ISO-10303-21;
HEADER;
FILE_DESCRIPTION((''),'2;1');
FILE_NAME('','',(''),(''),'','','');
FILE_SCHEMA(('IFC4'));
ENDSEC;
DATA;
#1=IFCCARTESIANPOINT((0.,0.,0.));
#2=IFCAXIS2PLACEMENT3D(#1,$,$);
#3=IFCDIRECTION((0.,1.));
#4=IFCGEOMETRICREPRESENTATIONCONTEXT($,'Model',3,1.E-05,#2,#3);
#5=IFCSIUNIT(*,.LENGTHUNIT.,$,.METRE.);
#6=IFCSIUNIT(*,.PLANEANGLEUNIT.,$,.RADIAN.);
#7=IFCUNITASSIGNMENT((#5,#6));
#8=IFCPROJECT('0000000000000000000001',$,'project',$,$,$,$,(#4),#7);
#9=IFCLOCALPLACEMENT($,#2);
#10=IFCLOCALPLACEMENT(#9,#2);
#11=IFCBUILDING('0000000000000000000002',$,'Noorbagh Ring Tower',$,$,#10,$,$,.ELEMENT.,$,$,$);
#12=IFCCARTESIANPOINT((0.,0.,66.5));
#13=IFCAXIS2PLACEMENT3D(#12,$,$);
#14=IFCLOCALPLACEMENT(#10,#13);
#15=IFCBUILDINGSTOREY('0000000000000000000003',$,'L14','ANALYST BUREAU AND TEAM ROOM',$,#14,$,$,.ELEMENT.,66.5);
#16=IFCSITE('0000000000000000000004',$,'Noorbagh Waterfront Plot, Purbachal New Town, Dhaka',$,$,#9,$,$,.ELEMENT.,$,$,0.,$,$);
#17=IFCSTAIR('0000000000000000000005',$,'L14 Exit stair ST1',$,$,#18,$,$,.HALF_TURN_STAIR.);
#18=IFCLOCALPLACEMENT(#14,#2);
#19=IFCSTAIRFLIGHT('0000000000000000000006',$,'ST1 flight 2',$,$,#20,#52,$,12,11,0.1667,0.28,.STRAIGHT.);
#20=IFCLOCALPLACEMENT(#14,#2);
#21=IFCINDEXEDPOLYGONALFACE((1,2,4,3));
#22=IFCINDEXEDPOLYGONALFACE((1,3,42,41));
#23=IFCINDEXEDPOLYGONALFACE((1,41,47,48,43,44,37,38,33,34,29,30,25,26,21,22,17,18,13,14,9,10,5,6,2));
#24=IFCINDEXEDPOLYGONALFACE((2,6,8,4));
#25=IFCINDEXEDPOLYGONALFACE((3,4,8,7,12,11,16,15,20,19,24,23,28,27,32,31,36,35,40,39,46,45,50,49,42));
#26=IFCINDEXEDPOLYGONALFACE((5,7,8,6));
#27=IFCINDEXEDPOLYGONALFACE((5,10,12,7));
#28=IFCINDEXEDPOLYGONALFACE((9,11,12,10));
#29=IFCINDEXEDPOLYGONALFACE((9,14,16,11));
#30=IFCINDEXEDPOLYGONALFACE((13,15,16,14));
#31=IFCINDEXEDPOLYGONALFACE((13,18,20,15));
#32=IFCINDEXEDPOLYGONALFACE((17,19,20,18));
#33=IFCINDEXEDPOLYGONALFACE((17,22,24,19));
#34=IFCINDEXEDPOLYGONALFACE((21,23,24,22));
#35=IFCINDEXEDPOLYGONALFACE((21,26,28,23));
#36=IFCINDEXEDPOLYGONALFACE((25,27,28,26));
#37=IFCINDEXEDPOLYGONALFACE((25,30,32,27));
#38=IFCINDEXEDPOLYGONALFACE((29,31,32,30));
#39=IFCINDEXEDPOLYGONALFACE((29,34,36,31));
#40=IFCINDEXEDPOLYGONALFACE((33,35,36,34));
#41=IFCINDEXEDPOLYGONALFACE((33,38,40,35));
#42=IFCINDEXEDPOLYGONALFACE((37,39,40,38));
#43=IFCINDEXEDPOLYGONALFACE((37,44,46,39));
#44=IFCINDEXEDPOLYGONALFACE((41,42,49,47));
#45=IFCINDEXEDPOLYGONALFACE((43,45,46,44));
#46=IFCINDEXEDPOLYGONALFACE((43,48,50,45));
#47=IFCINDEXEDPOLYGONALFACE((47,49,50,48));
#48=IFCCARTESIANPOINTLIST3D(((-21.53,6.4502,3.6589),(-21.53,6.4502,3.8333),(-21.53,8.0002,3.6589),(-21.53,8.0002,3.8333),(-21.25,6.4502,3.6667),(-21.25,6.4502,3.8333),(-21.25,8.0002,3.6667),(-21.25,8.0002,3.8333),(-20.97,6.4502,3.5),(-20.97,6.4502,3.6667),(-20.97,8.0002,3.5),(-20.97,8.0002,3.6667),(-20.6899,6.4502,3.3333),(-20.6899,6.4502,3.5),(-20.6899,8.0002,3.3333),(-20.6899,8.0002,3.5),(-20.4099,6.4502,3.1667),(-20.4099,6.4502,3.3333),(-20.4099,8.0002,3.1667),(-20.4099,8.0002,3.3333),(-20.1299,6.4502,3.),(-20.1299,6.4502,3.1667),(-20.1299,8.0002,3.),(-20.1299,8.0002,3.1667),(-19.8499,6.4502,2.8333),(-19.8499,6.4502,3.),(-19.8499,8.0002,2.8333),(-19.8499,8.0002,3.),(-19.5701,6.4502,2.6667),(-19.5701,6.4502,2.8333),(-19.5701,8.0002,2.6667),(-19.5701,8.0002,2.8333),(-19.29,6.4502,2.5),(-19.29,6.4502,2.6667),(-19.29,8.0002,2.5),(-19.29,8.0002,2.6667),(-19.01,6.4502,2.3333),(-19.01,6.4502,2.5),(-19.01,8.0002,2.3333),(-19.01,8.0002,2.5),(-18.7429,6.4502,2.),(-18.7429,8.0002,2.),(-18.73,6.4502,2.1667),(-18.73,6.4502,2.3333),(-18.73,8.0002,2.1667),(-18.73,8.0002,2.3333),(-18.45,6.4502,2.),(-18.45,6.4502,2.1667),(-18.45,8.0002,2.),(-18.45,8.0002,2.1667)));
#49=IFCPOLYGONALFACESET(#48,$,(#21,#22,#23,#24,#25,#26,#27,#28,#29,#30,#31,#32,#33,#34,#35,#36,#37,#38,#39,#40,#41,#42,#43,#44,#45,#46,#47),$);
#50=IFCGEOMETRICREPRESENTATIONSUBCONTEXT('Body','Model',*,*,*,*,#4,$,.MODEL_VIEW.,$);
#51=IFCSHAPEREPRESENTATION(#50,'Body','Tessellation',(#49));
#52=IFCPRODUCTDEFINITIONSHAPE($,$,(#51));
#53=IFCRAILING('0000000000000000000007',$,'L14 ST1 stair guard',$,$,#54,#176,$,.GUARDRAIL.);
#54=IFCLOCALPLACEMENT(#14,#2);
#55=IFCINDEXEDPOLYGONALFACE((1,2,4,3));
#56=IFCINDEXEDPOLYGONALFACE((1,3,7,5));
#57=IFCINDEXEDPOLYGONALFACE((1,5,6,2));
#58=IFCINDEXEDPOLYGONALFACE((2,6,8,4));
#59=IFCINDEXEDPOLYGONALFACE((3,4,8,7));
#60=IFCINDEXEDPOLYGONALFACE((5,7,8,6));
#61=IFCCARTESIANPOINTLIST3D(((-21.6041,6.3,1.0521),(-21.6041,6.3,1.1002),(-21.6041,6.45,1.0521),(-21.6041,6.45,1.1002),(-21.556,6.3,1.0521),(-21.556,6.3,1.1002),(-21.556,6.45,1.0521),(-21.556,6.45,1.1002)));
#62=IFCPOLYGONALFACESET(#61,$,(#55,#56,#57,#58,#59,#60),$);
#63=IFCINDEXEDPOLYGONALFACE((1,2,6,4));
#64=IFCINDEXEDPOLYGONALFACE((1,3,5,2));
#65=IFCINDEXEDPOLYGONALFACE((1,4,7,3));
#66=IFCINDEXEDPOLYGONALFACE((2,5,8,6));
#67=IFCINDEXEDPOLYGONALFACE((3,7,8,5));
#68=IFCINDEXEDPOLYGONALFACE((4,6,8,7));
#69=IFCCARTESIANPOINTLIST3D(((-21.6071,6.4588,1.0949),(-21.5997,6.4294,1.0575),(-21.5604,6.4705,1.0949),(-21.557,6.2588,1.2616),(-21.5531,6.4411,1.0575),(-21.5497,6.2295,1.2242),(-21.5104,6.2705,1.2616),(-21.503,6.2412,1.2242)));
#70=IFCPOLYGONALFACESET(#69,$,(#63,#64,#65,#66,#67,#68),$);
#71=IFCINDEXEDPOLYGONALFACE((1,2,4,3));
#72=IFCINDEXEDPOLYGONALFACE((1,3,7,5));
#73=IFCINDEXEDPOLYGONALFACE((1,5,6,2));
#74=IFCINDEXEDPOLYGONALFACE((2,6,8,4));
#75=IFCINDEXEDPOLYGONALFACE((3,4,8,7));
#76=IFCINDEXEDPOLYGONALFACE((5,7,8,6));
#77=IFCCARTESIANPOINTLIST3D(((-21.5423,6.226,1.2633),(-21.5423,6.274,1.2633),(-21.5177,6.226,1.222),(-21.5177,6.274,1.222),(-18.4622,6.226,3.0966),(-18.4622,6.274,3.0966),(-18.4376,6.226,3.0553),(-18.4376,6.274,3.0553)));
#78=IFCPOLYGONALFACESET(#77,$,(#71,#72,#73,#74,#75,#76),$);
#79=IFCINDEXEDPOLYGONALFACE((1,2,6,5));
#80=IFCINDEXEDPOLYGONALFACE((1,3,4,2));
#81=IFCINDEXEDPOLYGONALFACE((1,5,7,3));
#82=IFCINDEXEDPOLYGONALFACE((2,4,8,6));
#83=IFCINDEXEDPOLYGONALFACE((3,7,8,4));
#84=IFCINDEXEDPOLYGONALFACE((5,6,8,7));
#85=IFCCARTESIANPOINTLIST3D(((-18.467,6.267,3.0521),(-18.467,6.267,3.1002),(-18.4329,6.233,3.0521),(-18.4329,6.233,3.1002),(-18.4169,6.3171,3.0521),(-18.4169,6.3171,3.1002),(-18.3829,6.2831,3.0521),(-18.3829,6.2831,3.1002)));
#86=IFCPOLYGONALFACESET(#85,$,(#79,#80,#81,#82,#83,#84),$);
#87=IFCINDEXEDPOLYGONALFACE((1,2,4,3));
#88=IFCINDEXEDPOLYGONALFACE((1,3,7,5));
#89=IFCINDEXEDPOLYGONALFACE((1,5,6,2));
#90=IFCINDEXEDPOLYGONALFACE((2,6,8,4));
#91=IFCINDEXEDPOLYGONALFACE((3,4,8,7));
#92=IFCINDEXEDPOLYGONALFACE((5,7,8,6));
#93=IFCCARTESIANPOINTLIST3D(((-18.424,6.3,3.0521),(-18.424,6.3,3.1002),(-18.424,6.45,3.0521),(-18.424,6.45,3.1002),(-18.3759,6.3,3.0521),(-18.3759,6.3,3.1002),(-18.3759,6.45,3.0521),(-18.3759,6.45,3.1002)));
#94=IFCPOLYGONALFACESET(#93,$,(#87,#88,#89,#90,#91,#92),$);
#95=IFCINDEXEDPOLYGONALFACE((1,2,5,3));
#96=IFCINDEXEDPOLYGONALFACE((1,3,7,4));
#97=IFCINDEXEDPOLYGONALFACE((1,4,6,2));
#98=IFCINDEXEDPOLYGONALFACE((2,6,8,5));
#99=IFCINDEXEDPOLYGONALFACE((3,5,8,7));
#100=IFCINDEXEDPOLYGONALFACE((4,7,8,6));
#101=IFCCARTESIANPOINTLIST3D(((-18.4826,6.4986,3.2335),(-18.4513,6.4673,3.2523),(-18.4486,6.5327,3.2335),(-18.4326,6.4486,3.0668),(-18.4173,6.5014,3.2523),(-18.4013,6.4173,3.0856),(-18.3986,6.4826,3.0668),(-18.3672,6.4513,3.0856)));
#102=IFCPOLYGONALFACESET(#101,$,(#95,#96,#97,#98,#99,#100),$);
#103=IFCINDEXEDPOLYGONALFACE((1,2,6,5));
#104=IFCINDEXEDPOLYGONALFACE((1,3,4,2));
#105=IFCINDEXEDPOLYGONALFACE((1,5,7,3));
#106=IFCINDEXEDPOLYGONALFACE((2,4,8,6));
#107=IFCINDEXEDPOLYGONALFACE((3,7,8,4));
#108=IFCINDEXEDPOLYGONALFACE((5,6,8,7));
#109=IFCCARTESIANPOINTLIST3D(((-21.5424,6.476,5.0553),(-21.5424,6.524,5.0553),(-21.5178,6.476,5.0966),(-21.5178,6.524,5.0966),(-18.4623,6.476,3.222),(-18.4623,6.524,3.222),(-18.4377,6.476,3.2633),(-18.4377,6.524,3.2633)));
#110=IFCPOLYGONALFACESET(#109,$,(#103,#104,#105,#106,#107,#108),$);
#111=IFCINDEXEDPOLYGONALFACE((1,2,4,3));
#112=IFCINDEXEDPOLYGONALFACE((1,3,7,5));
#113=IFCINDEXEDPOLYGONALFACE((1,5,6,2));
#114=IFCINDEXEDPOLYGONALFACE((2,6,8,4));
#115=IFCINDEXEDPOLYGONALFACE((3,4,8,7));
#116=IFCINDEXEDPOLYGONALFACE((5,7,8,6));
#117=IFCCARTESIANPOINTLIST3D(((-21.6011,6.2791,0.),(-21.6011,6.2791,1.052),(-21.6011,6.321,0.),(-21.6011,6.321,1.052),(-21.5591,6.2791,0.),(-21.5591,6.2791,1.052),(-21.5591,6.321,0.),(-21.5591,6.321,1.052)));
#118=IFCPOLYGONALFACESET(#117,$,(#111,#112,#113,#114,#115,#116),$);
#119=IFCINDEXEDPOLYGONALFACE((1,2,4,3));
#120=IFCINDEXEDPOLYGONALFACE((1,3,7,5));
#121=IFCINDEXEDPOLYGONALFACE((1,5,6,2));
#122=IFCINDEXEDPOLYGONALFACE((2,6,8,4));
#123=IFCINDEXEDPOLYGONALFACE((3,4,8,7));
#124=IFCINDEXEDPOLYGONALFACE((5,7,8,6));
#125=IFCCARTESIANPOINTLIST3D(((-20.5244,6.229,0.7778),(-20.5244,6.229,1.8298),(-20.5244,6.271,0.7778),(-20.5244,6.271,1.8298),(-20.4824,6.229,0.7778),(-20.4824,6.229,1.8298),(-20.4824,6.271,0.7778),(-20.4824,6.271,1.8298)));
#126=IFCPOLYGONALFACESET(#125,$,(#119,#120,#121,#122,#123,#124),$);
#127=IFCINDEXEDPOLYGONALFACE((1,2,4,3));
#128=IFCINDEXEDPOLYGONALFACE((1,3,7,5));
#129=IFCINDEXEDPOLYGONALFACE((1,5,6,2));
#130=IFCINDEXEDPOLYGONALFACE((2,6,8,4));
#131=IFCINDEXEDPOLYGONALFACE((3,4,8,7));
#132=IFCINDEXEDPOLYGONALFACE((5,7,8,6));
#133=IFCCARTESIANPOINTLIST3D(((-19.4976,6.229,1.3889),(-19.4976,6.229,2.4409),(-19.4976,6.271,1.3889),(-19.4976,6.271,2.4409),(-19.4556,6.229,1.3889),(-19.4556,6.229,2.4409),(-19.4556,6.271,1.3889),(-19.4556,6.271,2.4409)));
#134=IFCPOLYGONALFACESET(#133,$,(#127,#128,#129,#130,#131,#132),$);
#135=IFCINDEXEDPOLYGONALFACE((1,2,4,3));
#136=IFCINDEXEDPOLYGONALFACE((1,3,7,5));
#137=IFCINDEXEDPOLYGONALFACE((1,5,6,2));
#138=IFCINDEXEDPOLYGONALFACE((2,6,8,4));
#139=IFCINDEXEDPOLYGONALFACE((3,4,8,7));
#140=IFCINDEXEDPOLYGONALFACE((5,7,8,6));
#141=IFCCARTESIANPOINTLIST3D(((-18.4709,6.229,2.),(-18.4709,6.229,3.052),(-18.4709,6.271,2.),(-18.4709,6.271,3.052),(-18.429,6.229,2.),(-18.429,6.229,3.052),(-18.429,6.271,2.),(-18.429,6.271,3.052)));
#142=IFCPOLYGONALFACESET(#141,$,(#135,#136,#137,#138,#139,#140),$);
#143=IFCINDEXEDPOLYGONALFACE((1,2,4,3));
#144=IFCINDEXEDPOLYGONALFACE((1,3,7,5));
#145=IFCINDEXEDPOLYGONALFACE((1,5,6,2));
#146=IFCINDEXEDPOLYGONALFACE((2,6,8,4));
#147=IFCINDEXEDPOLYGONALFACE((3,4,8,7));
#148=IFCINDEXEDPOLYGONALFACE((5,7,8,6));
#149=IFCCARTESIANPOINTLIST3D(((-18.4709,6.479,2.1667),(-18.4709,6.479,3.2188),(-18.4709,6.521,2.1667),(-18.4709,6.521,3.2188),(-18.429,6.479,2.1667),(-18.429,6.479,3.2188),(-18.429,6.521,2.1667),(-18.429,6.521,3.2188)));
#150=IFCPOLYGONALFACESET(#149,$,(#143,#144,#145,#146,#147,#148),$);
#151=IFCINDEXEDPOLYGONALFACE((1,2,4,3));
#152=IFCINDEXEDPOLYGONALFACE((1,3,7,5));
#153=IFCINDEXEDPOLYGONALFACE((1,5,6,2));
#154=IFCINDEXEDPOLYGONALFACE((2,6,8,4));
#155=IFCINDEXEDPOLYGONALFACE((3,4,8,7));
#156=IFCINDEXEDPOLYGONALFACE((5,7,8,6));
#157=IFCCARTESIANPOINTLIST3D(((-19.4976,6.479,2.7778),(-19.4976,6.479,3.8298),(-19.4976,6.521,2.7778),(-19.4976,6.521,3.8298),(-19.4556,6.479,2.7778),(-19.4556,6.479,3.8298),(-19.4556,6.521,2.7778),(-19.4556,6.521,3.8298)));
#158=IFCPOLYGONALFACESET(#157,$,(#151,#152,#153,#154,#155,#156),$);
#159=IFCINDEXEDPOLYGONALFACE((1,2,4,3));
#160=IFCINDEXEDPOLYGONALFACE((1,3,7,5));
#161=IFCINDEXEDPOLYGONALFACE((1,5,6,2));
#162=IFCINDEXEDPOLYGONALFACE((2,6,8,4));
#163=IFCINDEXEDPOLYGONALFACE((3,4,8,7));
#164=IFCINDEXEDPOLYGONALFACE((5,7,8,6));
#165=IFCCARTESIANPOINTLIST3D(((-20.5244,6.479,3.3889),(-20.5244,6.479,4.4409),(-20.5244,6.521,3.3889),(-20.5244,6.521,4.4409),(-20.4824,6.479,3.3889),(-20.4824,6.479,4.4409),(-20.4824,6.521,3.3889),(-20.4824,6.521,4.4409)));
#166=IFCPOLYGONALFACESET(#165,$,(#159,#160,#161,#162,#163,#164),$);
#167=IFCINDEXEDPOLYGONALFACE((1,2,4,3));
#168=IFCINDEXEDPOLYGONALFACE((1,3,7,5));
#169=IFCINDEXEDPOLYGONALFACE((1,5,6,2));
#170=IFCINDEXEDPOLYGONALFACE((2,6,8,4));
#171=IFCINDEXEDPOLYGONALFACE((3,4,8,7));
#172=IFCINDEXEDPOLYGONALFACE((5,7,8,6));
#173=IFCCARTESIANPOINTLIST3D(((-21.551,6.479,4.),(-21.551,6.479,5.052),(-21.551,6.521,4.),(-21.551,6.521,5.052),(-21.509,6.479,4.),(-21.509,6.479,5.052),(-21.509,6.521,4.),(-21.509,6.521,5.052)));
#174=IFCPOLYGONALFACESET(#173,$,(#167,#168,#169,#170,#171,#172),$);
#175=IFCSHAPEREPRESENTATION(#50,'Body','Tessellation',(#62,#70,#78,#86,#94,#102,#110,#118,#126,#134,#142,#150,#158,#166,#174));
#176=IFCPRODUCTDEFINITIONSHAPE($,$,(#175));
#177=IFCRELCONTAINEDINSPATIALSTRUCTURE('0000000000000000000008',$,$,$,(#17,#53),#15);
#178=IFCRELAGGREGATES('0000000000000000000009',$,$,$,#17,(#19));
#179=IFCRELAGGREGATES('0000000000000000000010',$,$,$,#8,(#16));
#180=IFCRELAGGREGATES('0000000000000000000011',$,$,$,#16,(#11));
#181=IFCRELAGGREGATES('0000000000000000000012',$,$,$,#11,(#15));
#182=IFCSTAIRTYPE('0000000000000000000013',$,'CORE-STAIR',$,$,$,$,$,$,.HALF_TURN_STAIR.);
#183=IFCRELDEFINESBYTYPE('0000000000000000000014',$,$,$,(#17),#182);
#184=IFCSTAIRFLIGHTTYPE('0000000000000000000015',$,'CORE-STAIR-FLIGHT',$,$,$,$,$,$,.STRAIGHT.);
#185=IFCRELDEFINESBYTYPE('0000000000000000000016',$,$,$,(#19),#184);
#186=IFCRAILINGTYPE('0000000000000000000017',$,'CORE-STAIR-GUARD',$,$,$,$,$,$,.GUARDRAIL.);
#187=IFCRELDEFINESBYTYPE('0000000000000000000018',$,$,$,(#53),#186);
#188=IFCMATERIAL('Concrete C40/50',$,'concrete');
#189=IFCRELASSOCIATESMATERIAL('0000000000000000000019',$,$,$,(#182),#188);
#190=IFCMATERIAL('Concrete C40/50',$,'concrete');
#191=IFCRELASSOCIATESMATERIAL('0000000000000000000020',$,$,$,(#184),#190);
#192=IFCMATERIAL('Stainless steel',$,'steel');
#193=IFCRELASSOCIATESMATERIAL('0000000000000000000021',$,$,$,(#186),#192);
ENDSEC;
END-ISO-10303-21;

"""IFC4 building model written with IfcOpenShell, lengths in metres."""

from ifc_helpers import new_model, si_unit, direction, frame, origin, origin_2d, place, context, subcontext, project, spatial, polyline, rectangle, outline, extrude, material, type_object, element, aggregate, save


model = new_model("IFC4")

# Units and contexts
model_context = context("Model", 3, precision=1e-05, world=origin(), true_north=direction((0.0, 1.0)))
body_context = subcontext(model_context, "Body", "Model", "MODEL_VIEW")
ifc_project = project(units=[si_unit("LENGTHUNIT", "METRE"), si_unit("PLANEANGLEUNIT", "RADIAN")], contexts=[model_context])

# Site, building, storey
site_placement = place(None, origin())
site = spatial("IfcSite", under=ifc_project, at=site_placement, Name="Noorbagh Waterfront Plot, Purbachal New Town, Dhaka", CompositionType="ELEMENT", RefElevation=0.0)
building_placement = place(site_placement, origin())
building = spatial("IfcBuilding", under=site, at=building_placement, Name="Noorbagh Ring Tower", CompositionType="ELEMENT")
storey_placement = place(building_placement, frame((0.0, 0.0, 66.5)))
storey = spatial("IfcBuildingStorey", under=building, at=storey_placement, Name="L14", Description="ANALYST BUREAU AND TEAM ROOM", CompositionType="ELEMENT", Elevation=66.5)

# Stair, stair flight
ifc_material_1 = material(Name="Concrete C40/50", Category="concrete")
stair_type = type_object("IfcStairType", Name="CORE-STAIR", PredefinedType="HALF_TURN_STAIR", material=ifc_material_1)
stair_placement = place(storey_placement, origin())
stair = element("IfcStair", 1, at=stair_placement, inside=storey, type_object=stair_type, Name="L14 Exit stair ST1", PredefinedType="HALF_TURN_STAIR")
ifc_material_2 = material(Name="Concrete C40/50", Category="concrete")
stair_flight_type = type_object("IfcStairFlightType", Name="CORE-STAIR-FLIGHT", PredefinedType="STRAIGHT", material=ifc_material_2)
stair_flight_1_placement = place(storey_placement, frame((-18.45, 7.2251, 2.0), z_axis=(0.0, 0.0, 1.0), x_axis=(-1.0, 0.0, 0.0)))
stair_flight_1 = element("IfcStairFlight", 2, at=stair_flight_1_placement, type_object=stair_flight_type, Name="ST1 flight 2", NumberOfRisers=12, NumberOfTreads=11, PredefinedType="STRAIGHT", RiserHeight=0.1667, TreadLength=0.28, context=body_context, shape_type="SweptSolid", body=[
    extrude(outline(polyline([(0.0, 0.0), (0.0, 0.1667), (0.28, 0.1667), (0.28, 0.3333), (0.5601, 0.3333), (0.5601, 0.5), (0.8401, 0.5), (0.8401, 0.6667), (1.1201, 0.6667), (1.1201, 0.8333), (1.3999, 0.8333), (1.3999, 1.0), (1.6799, 1.0), (1.6799, 1.1667), (1.96, 1.1667), (1.96, 1.3333), (2.24, 1.3333), (2.24, 1.5), (2.52, 1.5), (2.52, 1.6667), (2.8, 1.6667), (2.8, 1.8333), (3.0801, 1.8333), (3.0801, 2.0), (3.0801, 1.6589), (0.293, 0.0), (0.0, 0.0)])), frame((0.0, 0.7749, 0.0), z_axis=(0.0, -1.0, 0.0), x_axis=(1.0, 0.0, 0.0)), (0.0, 0.0, 1.0), 1.55),
])
aggregate(stair, [stair_flight_1])

# Railing
ifc_material_3 = material(Name="Stainless steel", Category="steel")
railing_type_1 = type_object("IfcRailingType", Name="CORE-STAIR-GUARD", PredefinedType="GUARDRAIL", material=ifc_material_3)
railing_1_placement = place(storey_placement, frame((-21.5801, 6.3, 0.0)))
element("IfcRailing", 3, at=railing_1_placement, inside=storey, type_object=railing_type_1, Name="L14 ST1 stair guard", PredefinedType="GUARDRAIL", context=body_context, shape_type="SweptSolid", body=[
    extrude(rectangle(XDim=0.0481, YDim=0.0481, at=origin_2d()), frame((0.0, 0.0, 1.0762), z_axis=(0.0, 1.0, 0.0), x_axis=(-1.0, 0.0, 0.0)), (0.0, 0.0, 1.0), 0.1499),
    extrude(rectangle(XDim=0.0481, YDim=0.0481, at=origin_2d()), frame((0.0, 0.1499, 1.0762), z_axis=(0.188776, -0.754182, 0.628946), x_axis=(0.970073, 0.242814, 0.0)), (0.0, 0.0, 1.0), 0.2651),
    extrude(rectangle(XDim=0.0481, YDim=0.0481, at=origin_2d()), frame((0.05, -0.05, 1.2427), z_axis=(0.859309, 0.0, 0.511458), x_axis=(0.0, 1.0, 0.0)), (0.0, 0.0, 1.0), 3.5845),
    extrude(rectangle(XDim=0.0481, YDim=0.0481, at=origin_2d()), frame((3.1301, -0.05, 3.0762), z_axis=(0.707107, 0.707107, 0.0), x_axis=(-0.707107, 0.707107, 0.0)), (0.0, 0.0, 1.0), 0.0708),
    extrude(rectangle(XDim=0.0481, YDim=0.0481, at=origin_2d()), frame((3.1802, 0.0, 3.0762), z_axis=(0.0, 1.0, 0.0), x_axis=(-1.0, 0.0, 0.0)), (0.0, 0.0, 1.0), 0.1499),
    extrude(rectangle(XDim=0.0481, YDim=0.0481, at=origin_2d()), frame((3.1802, 0.1499, 3.0762), z_axis=(-0.276287, 0.276287, 0.920506), x_axis=(-0.707107, -0.707107, 0.0)), (0.0, 0.0, 1.0), 0.1812),
    extrude(rectangle(XDim=0.0481, YDim=0.0481, at=origin_2d()), frame((3.1301, 0.2, 3.2427), z_axis=(-0.859309, 0.0, 0.511458), x_axis=(0.0, -1.0, 0.0)), (0.0, 0.0, 1.0), 3.5845),
    extrude(rectangle(XDim=0.042, YDim=0.042, at=origin_2d()), origin(), (0.0, 0.0, 1.0), 1.052),
    extrude(rectangle(XDim=0.042, YDim=0.042, at=origin_2d()), frame((1.0767, -0.05, 0.7778)), (0.0, 0.0, 1.0), 1.052),
    extrude(rectangle(XDim=0.042, YDim=0.042, at=origin_2d()), frame((2.1035, -0.05, 1.3889)), (0.0, 0.0, 1.0), 1.052),
    extrude(rectangle(XDim=0.042, YDim=0.042, at=origin_2d()), frame((3.1301, -0.05, 2.0)), (0.0, 0.0, 1.0), 1.052),
    extrude(rectangle(XDim=0.042, YDim=0.042, at=origin_2d()), frame((3.1301, 0.2, 2.1667)), (0.0, 0.0, 1.0), 1.052),
    extrude(rectangle(XDim=0.042, YDim=0.042, at=origin_2d()), frame((2.1035, 0.2, 2.7778)), (0.0, 0.0, 1.0), 1.052),
    extrude(rectangle(XDim=0.042, YDim=0.042, at=origin_2d()), frame((1.0767, 0.2, 3.3889)), (0.0, 0.0, 1.0), 1.052),
    extrude(rectangle(XDim=0.042, YDim=0.042, at=origin_2d()), frame((0.05, 0.2, 4.0)), (0.0, 0.0, 1.0), 1.052),
])

save(model, "model.ifc")
